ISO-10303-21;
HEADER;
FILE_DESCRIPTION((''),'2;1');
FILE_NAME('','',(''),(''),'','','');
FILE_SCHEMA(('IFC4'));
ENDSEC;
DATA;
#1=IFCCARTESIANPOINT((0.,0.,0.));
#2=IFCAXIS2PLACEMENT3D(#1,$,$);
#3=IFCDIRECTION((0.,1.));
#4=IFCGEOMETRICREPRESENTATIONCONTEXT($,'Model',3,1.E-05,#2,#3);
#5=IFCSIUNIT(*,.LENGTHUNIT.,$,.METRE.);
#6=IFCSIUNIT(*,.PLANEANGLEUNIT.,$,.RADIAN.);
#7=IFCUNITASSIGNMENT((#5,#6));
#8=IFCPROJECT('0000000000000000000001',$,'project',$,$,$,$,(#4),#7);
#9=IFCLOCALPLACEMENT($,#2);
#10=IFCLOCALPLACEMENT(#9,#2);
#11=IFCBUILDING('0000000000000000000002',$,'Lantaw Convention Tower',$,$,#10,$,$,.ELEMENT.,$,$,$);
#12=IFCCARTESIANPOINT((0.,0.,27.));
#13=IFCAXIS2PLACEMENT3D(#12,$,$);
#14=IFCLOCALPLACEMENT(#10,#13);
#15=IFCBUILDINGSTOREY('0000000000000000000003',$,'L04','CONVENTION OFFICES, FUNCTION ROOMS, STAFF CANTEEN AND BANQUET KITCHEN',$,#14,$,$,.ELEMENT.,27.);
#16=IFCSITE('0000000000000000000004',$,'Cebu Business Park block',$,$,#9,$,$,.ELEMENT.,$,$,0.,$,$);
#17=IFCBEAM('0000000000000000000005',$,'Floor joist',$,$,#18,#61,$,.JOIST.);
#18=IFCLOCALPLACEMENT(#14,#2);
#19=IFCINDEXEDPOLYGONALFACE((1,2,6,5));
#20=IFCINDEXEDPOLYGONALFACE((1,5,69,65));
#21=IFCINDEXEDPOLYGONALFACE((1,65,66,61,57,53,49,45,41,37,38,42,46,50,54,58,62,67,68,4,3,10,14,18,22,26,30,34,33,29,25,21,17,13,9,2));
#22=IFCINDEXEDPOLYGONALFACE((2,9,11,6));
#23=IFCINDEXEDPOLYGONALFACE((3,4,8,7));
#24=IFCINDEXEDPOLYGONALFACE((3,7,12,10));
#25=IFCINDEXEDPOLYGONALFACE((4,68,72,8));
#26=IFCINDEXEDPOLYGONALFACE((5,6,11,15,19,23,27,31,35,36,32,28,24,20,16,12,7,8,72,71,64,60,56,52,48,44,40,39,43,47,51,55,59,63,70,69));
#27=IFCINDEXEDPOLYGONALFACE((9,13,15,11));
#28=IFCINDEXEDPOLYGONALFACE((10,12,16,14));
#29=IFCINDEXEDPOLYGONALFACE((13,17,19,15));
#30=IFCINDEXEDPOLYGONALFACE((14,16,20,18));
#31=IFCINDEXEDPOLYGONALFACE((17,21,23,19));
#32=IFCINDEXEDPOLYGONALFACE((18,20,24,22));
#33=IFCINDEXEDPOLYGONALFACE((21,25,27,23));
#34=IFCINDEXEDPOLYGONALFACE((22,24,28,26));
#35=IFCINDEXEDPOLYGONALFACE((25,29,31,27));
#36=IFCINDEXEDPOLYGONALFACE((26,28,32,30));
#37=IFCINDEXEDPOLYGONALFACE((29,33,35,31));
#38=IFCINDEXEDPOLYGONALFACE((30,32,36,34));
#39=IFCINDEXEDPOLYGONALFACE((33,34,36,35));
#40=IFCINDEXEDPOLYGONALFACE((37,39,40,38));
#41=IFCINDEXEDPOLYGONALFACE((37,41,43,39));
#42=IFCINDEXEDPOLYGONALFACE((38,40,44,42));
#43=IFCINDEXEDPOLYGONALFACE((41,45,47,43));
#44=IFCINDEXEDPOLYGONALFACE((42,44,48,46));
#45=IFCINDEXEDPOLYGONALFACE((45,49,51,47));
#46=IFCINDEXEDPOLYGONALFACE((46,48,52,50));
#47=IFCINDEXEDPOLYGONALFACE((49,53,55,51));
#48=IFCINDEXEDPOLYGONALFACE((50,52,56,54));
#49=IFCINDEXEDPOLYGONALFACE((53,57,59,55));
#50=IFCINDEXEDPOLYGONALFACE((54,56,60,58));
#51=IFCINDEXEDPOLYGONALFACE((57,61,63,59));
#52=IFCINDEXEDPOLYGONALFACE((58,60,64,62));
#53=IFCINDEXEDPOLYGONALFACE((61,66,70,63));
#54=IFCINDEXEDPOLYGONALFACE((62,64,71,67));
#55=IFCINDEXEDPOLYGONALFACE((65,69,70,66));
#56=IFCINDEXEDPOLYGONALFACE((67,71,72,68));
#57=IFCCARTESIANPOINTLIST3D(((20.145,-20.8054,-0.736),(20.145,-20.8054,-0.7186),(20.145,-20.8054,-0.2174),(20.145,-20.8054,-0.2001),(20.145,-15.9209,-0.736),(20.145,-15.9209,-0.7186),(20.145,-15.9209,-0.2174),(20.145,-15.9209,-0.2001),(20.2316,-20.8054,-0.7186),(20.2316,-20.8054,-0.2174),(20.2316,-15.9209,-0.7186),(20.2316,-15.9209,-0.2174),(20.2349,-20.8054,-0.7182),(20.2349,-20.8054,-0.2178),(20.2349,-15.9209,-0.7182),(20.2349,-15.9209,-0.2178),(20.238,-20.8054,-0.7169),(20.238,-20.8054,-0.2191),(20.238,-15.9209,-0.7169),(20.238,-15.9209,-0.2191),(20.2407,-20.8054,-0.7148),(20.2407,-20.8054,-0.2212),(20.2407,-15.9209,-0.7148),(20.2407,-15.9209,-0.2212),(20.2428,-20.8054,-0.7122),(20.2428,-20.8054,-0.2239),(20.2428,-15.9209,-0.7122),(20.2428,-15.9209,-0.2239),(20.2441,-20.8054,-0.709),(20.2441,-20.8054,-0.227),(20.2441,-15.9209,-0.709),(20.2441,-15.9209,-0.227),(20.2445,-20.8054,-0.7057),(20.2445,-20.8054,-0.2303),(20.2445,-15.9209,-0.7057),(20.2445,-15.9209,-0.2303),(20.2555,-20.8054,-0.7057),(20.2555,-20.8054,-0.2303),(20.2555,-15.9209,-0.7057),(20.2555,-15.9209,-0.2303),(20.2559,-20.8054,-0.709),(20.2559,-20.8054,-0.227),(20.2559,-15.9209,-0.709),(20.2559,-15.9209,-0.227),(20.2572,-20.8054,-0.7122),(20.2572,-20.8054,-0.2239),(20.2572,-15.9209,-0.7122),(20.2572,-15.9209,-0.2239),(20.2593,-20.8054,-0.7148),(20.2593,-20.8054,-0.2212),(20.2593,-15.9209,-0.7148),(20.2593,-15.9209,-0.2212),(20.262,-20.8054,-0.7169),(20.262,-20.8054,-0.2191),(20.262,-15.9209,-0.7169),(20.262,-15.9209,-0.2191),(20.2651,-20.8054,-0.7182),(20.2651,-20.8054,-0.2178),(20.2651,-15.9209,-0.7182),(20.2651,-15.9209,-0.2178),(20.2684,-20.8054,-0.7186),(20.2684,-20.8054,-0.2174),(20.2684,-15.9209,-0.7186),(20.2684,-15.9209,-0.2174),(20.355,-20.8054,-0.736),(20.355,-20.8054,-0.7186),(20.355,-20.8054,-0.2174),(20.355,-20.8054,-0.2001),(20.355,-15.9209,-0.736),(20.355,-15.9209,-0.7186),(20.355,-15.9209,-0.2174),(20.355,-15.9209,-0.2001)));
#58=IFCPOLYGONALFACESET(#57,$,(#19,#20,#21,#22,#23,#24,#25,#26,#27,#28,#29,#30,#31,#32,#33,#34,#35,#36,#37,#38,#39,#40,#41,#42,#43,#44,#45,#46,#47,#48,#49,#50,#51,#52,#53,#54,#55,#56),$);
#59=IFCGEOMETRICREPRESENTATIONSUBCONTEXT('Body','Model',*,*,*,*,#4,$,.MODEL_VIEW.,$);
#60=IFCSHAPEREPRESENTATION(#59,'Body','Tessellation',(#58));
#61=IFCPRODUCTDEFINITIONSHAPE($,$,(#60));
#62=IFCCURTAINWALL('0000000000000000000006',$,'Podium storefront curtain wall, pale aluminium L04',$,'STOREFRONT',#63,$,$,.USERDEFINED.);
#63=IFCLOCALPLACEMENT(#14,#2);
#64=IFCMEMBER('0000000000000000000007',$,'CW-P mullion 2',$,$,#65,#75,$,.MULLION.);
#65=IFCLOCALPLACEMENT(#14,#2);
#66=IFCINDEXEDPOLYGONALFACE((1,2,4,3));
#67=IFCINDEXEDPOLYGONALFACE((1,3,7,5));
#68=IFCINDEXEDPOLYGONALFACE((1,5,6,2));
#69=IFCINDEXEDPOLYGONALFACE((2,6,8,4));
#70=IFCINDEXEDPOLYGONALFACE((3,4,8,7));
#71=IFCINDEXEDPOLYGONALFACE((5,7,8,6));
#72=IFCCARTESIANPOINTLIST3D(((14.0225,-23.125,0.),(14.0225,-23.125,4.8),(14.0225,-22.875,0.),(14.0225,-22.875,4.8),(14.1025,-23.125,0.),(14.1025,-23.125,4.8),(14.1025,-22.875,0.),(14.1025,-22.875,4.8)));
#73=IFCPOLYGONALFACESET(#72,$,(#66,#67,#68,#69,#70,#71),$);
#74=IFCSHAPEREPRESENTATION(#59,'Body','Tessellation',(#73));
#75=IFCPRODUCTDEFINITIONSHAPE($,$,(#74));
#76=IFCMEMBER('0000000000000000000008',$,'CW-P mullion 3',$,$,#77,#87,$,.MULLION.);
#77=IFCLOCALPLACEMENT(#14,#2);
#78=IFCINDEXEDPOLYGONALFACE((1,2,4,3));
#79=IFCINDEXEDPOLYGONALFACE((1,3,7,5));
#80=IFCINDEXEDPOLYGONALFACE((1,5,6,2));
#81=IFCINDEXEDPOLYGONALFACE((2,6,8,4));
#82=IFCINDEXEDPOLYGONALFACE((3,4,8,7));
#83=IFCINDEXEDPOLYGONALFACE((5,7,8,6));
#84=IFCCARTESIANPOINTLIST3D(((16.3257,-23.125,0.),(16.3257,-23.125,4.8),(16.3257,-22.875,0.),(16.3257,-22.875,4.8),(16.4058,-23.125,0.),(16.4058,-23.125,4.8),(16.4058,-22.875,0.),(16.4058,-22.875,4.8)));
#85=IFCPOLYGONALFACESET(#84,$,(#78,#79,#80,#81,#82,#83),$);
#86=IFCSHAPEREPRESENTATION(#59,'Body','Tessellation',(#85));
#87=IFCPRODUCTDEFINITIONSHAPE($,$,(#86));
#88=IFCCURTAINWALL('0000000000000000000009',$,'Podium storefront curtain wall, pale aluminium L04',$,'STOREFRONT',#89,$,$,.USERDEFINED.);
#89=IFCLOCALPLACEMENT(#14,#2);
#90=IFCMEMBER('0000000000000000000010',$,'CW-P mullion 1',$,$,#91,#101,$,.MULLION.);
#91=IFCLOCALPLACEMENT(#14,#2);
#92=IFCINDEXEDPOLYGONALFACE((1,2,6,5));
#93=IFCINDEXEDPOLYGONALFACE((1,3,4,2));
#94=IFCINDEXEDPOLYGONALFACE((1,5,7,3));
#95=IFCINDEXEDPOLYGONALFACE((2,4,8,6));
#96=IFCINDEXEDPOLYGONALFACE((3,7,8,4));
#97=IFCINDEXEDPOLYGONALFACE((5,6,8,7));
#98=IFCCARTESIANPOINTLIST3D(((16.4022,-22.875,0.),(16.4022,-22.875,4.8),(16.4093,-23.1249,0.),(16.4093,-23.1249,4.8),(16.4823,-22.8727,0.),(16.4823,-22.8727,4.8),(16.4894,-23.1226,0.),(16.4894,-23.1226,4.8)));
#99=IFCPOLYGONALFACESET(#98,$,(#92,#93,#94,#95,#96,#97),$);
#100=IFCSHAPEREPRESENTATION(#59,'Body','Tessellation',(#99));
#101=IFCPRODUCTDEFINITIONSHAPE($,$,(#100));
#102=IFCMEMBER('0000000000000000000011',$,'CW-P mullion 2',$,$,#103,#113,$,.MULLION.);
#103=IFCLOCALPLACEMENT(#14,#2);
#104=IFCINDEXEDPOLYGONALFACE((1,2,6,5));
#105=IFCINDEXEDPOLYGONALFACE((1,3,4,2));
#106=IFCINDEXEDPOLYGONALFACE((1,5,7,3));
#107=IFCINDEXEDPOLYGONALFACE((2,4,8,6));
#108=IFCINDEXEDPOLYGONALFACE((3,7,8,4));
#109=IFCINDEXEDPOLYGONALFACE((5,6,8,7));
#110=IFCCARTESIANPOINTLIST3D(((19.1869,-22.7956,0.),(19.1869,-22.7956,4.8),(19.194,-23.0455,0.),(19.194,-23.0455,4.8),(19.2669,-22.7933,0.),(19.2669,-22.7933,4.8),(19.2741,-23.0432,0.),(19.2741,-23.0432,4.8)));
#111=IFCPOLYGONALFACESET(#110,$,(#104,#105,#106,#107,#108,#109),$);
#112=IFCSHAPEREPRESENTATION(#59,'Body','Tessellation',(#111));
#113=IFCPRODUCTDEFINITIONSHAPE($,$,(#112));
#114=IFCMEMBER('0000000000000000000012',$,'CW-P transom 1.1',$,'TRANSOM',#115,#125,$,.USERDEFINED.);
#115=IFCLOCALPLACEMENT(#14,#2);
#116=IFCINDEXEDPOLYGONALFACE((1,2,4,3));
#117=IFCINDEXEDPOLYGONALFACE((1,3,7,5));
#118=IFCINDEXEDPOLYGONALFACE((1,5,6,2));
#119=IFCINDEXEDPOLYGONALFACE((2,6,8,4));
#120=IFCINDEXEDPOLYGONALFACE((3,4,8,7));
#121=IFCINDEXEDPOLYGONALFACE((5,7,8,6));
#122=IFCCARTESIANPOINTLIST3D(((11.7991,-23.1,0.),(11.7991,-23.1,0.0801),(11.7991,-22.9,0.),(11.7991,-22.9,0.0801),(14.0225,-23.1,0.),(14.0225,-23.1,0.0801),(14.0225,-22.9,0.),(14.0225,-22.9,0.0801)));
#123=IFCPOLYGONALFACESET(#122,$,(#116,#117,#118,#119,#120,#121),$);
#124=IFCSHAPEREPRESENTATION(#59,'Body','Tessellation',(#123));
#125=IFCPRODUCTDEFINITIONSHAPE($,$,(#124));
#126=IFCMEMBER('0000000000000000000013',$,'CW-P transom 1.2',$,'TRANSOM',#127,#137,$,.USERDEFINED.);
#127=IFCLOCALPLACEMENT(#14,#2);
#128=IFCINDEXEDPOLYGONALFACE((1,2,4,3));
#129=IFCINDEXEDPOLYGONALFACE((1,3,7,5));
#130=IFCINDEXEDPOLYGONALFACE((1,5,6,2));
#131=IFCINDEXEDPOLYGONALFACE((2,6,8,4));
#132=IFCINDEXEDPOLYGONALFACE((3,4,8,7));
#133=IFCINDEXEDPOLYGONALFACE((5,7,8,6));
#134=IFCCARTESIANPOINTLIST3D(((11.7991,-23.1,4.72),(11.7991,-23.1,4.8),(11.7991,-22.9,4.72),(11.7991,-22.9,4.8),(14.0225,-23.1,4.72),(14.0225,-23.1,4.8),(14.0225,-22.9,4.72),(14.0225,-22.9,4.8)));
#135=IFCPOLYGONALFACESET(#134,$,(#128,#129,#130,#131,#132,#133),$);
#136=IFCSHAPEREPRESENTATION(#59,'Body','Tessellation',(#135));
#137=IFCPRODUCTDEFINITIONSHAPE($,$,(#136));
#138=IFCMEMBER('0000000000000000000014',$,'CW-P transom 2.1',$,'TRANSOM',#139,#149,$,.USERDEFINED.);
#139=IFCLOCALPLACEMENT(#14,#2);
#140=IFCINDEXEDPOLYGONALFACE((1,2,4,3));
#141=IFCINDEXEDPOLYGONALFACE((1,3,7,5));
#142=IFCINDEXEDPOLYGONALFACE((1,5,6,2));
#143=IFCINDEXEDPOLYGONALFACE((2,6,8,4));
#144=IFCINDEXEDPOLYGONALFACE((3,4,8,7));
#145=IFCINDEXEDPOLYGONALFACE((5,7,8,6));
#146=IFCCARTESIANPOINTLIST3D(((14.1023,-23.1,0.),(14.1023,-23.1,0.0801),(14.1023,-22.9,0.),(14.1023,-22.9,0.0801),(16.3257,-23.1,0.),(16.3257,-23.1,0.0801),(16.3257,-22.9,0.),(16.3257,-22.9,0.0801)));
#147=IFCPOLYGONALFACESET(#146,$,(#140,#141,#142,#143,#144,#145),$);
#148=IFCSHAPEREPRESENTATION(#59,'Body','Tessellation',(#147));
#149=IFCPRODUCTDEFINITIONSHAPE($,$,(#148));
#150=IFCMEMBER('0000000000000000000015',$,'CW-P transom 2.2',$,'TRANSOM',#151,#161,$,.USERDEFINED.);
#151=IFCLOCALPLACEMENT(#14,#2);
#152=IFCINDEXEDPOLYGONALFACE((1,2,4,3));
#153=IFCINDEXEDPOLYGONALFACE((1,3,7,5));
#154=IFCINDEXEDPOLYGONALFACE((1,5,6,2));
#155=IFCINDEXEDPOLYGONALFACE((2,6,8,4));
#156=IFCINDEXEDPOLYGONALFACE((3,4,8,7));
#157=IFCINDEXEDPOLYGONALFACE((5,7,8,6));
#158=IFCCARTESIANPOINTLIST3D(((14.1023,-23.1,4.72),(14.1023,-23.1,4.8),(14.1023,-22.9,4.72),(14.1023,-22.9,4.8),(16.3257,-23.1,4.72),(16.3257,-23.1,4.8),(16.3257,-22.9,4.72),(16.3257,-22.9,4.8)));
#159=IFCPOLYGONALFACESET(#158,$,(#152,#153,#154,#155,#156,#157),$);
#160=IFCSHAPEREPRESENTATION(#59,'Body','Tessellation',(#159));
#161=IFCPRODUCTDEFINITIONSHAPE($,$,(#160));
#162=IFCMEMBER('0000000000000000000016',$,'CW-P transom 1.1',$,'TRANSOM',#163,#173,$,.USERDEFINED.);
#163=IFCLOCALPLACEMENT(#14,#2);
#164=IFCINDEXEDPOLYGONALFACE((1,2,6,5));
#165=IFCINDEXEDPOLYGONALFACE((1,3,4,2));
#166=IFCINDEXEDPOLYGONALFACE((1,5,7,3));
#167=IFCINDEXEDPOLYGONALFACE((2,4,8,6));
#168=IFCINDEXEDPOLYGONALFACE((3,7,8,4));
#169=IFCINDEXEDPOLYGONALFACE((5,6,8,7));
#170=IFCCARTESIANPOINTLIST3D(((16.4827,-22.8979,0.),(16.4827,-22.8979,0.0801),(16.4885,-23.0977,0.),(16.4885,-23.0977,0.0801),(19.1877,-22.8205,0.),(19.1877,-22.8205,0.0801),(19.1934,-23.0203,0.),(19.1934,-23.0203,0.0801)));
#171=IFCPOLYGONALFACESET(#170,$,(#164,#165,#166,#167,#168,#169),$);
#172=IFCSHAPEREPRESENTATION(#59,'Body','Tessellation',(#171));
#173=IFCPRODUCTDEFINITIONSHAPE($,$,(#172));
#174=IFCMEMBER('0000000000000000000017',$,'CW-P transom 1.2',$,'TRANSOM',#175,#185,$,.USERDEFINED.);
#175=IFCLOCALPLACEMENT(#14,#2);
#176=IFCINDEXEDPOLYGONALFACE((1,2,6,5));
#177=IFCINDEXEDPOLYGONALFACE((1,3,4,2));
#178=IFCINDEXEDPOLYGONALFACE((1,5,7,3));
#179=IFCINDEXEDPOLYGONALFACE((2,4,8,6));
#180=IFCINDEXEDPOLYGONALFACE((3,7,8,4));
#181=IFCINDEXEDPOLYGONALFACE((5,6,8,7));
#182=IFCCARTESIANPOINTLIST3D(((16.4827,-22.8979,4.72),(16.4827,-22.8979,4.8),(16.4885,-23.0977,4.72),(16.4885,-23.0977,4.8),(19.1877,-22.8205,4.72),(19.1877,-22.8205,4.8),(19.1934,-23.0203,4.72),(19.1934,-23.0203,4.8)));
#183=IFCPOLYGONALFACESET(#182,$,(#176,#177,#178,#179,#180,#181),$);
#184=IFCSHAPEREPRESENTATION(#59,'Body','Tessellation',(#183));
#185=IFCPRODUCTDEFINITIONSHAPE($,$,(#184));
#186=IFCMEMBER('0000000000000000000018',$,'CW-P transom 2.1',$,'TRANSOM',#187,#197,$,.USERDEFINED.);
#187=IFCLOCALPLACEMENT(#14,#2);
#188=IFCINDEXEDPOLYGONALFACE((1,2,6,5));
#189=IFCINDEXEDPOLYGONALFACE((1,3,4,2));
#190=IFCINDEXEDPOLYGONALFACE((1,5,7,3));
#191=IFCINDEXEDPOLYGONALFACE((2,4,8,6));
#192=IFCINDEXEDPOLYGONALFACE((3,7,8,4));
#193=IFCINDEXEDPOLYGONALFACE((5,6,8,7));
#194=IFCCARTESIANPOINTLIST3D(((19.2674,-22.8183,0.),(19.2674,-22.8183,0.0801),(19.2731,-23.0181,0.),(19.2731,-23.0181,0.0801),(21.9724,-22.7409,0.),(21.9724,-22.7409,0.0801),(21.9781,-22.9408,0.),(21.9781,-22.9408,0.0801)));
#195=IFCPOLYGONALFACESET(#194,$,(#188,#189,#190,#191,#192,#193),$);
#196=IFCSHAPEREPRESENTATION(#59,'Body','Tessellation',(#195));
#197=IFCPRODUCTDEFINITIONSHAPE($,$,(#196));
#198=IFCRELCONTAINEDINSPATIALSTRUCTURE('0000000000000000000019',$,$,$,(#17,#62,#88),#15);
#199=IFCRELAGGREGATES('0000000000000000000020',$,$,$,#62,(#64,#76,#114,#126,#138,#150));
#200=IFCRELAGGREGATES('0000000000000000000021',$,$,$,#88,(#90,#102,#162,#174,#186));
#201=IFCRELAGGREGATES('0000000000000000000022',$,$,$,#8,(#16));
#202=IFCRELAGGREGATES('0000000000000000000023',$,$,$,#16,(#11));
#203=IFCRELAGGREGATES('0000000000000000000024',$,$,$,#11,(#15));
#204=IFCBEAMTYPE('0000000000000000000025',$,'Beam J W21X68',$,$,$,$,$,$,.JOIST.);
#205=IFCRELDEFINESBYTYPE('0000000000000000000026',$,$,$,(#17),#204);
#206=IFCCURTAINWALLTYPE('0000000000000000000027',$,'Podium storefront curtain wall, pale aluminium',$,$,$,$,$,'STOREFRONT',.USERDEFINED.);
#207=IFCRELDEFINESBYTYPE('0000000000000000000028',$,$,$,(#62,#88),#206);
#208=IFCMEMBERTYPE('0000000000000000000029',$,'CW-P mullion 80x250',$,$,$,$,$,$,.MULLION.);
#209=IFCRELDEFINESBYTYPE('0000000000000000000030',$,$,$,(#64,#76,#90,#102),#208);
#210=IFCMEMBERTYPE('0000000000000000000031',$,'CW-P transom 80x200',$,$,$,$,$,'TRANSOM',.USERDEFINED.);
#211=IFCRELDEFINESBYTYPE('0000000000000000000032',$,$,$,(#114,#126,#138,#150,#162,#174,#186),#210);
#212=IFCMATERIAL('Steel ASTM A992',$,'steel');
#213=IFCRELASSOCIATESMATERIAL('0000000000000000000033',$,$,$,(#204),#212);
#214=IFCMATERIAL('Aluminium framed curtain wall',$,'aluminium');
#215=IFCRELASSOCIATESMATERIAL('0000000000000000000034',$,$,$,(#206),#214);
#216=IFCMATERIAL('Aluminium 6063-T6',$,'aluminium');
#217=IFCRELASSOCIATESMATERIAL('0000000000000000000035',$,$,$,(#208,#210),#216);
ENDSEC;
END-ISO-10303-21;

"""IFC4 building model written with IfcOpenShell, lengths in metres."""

from ifc_helpers import new_model, si_unit, direction, frame, origin, origin_2d, place, context, subcontext, project, spatial, rectangle, i_section, extrude, material, material_profile, profile_set, type_object, element, aggregate, save


model = new_model("IFC4")

# Units and contexts
model_context = context("Model", 3, precision=1e-05, world=origin(), true_north=direction((0.0, 1.0)))
body_context = subcontext(model_context, "Body", "Model", "MODEL_VIEW")
ifc_project = project(units=[si_unit("LENGTHUNIT", "METRE"), si_unit("PLANEANGLEUNIT", "RADIAN")], contexts=[model_context])

# Site, building, storey
site_placement = place(None, origin())
site = spatial("IfcSite", under=ifc_project, at=site_placement, Name="Cebu Business Park block", CompositionType="ELEMENT", RefElevation=0.0)
building_placement = place(site_placement, origin())
building = spatial("IfcBuilding", under=site, at=building_placement, Name="Lantaw Convention Tower", CompositionType="ELEMENT")
storey_placement = place(building_placement, frame((0.0, 0.0, 27.0)))
storey = spatial("IfcBuildingStorey", under=building, at=storey_placement, Name="L04", Description="CONVENTION OFFICES, FUNCTION ROOMS, STAFF CANTEEN AND BANQUET KITCHEN", CompositionType="ELEMENT", Elevation=27.0)

# Beam
ifc_material_1 = material(Name="Steel ASTM A992", Category="steel")
ifc_material_profile_1 = material_profile(ifc_material_1, i_section(OverallWidth=0.21, OverallDepth=0.5359, WebThickness=0.011, FlangeThickness=0.0173, FilletRadius=0.0129, at=origin_2d()), Name="W21X68")
ifc_profile_set_1 = profile_set([ifc_material_profile_1], Name="Steel ASTM A992")
beam_type_1 = type_object("IfcBeamType", Name="Beam J W21X68", PredefinedType="JOIST", material=ifc_profile_set_1)
beam_1_placement = place(storey_placement, frame((20.25, -20.8054, -0.468), z_axis=(0.0, 1.0, 0.0), x_axis=(-1.0, 0.0, 0.0)))
element("IfcBeam", 1, at=beam_1_placement, inside=storey, type_object=beam_type_1, Name="Floor joist", PredefinedType="JOIST", context=body_context, shape_type="SweptSolid", body=[
    extrude(i_section(OverallWidth=0.21, OverallDepth=0.5359, WebThickness=0.011, FlangeThickness=0.0173, FilletRadius=0.0129, at=origin_2d()), origin(), (0.0, 0.0, 1.0), 4.8845),
])

# Curtain walls, members
ifc_material_2 = material(Name="Aluminium framed curtain wall", Category="aluminium")
curtain_wall_type = type_object("IfcCurtainWallType", Name="Podium storefront curtain wall, pale aluminium", ElementType="STOREFRONT", PredefinedType="USERDEFINED", material=ifc_material_2)
curtain_wall_1_placement = place(storey_placement, origin())
curtain_wall_1 = element("IfcCurtainWall", 2, at=curtain_wall_1_placement, inside=storey, type_object=curtain_wall_type, Name="Podium storefront curtain wall, pale aluminium L04", ObjectType="STOREFRONT", PredefinedType="USERDEFINED")
ifc_material_3 = material(Name="Aluminium 6063-T6", Category="aluminium")
ifc_material_profile_2 = material_profile(ifc_material_3, rectangle(XDim=0.25, YDim=0.0801, at=origin_2d()), Name="CW-P mullion 80x250")
ifc_profile_set_2 = profile_set([ifc_material_profile_2], Name="Aluminium 6063-T6")
member_type_1 = type_object("IfcMemberType", Name="CW-P mullion 80x250", PredefinedType="MULLION", material=ifc_profile_set_2)
member_1_placement = place(storey_placement, frame((14.0625, -23.0, 0.0), z_axis=(0.0, 0.0, 1.0), x_axis=(0.0, 1.0, 0.0)))
member_1 = element("IfcMember", 3, at=member_1_placement, type_object=member_type_1, Name="CW-P mullion 2", PredefinedType="MULLION", context=body_context, shape_type="SweptSolid", body=[
    extrude(rectangle(XDim=0.25, YDim=0.0801, at=origin_2d()), origin(), (0.0, 0.0, 1.0), 4.8),
])
member_2_placement = place(storey_placement, frame((16.3657, -23.0, 0.0), z_axis=(0.0, 0.0, 1.0), x_axis=(0.0, 1.0, 0.0)))
member_2 = element("IfcMember", 4, at=member_2_placement, type_object=member_type_1, Name="CW-P mullion 3", PredefinedType="MULLION", context=body_context, shape_type="SweptSolid", body=[
    extrude(rectangle(XDim=0.25, YDim=0.0801, at=origin_2d()), origin(), (0.0, 0.0, 1.0), 4.8),
])
curtain_wall_2_placement = place(storey_placement, origin())
curtain_wall_2 = element("IfcCurtainWall", 5, at=curtain_wall_2_placement, inside=storey, type_object=curtain_wall_type, Name="Podium storefront curtain wall, pale aluminium L04", ObjectType="STOREFRONT", PredefinedType="USERDEFINED")
member_3_placement = place(storey_placement, frame((16.4458, -22.9988, 0.0), z_axis=(0.0, 0.0, 1.0), x_axis=(-0.028552, 0.999592, 0.0)))
member_3 = element("IfcMember", 6, at=member_3_placement, type_object=member_type_1, Name="CW-P mullion 1", PredefinedType="MULLION", context=body_context, shape_type="SweptSolid", body=[
    extrude(rectangle(XDim=0.25, YDim=0.0801, at=origin_2d()), origin(), (0.0, 0.0, 1.0), 4.8),
])
member_4_placement = place(storey_placement, frame((19.2305, -22.9194, 0.0), z_axis=(0.0, 0.0, 1.0), x_axis=(-0.028552, 0.999592, 0.0)))
member_4 = element("IfcMember", 7, at=member_4_placement, type_object=member_type_1, Name="CW-P mullion 2", PredefinedType="MULLION", context=body_context, shape_type="SweptSolid", body=[
    extrude(rectangle(XDim=0.25, YDim=0.0801, at=origin_2d()), origin(), (0.0, 0.0, 1.0), 4.8),
])

# Members
ifc_material_profile_3 = material_profile(ifc_material_3, rectangle(XDim=0.2, YDim=0.0801, at=origin_2d()), Name="CW-P transom 80x200")
ifc_profile_set_3 = profile_set([ifc_material_profile_3], Name="Aluminium 6063-T6")
member_type_2 = type_object("IfcMemberType", Name="CW-P transom 80x200", ElementType="TRANSOM", PredefinedType="USERDEFINED", material=ifc_profile_set_3)
member_5_placement = place(storey_placement, frame((11.7991, -23.0, 0.04), z_axis=(1.0, 0.0, 0.0), x_axis=(0.0, 1.0, 0.0)))
member_5 = element("IfcMember", 8, at=member_5_placement, type_object=member_type_2, Name="CW-P transom 1.1", ObjectType="TRANSOM", PredefinedType="USERDEFINED", context=body_context, shape_type="SweptSolid", body=[
    extrude(rectangle(XDim=0.2, YDim=0.0801, at=origin_2d()), origin(), (0.0, 0.0, 1.0), 2.2234),
])
member_6_placement = place(storey_placement, frame((11.7991, -23.0, 4.76), z_axis=(1.0, 0.0, 0.0), x_axis=(0.0, 1.0, 0.0)))
member_6 = element("IfcMember", 9, at=member_6_placement, type_object=member_type_2, Name="CW-P transom 1.2", ObjectType="TRANSOM", PredefinedType="USERDEFINED", context=body_context, shape_type="SweptSolid", body=[
    extrude(rectangle(XDim=0.2, YDim=0.0801, at=origin_2d()), origin(), (0.0, 0.0, 1.0), 2.2234),
])
member_7_placement = place(storey_placement, frame((14.1023, -23.0, 0.04), z_axis=(1.0, 0.0, 0.0), x_axis=(0.0, 1.0, 0.0)))
member_7 = element("IfcMember", 10, at=member_7_placement, type_object=member_type_2, Name="CW-P transom 2.1", ObjectType="TRANSOM", PredefinedType="USERDEFINED", context=body_context, shape_type="SweptSolid", body=[
    extrude(rectangle(XDim=0.2, YDim=0.0801, at=origin_2d()), origin(), (0.0, 0.0, 1.0), 2.2234),
])
member_8_placement = place(storey_placement, frame((14.1023, -23.0, 4.76), z_axis=(1.0, 0.0, 0.0), x_axis=(0.0, 1.0, 0.0)))
member_8 = element("IfcMember", 11, at=member_8_placement, type_object=member_type_2, Name="CW-P transom 2.2", ObjectType="TRANSOM", PredefinedType="USERDEFINED", context=body_context, shape_type="SweptSolid", body=[
    extrude(rectangle(XDim=0.2, YDim=0.0801, at=origin_2d()), origin(), (0.0, 0.0, 1.0), 2.2234),
])
member_9_placement = place(storey_placement, frame((16.4856, -22.9978, 0.04), z_axis=(0.999591, 0.028601, 0.0), x_axis=(-0.028601, 0.999591, 0.0)))
member_9 = element("IfcMember", 12, at=member_9_placement, type_object=member_type_2, Name="CW-P transom 1.1", ObjectType="TRANSOM", PredefinedType="USERDEFINED", context=body_context, shape_type="SweptSolid", body=[
    extrude(rectangle(XDim=0.2, YDim=0.0801, at=origin_2d()), origin(), (0.0, 0.0, 1.0), 2.7061),
])
member_10_placement = place(storey_placement, frame((16.4856, -22.9978, 4.76), z_axis=(0.999591, 0.028601, 0.0), x_axis=(-0.028601, 0.999591, 0.0)))
member_10 = element("IfcMember", 13, at=member_10_placement, type_object=member_type_2, Name="CW-P transom 1.2", ObjectType="TRANSOM", PredefinedType="USERDEFINED", context=body_context, shape_type="SweptSolid", body=[
    extrude(rectangle(XDim=0.2, YDim=0.0801, at=origin_2d()), origin(), (0.0, 0.0, 1.0), 2.7061),
])
member_11_placement = place(storey_placement, frame((19.2703, -22.9182, 0.04), z_axis=(0.999591, 0.028601, 0.0), x_axis=(-0.028601, 0.999591, 0.0)))
member_11 = element("IfcMember", 14, at=member_11_placement, type_object=member_type_2, Name="CW-P transom 2.1", ObjectType="TRANSOM", PredefinedType="USERDEFINED", context=body_context, shape_type="SweptSolid", body=[
    extrude(rectangle(XDim=0.2, YDim=0.0801, at=origin_2d()), origin(), (0.0, 0.0, 1.0), 2.7061),
])

aggregate(curtain_wall_1, [member_1, member_2, member_5, member_6, member_7, member_8])
aggregate(curtain_wall_2, [member_3, member_4, member_9, member_10, member_11])

save(model, "model.ifc")
